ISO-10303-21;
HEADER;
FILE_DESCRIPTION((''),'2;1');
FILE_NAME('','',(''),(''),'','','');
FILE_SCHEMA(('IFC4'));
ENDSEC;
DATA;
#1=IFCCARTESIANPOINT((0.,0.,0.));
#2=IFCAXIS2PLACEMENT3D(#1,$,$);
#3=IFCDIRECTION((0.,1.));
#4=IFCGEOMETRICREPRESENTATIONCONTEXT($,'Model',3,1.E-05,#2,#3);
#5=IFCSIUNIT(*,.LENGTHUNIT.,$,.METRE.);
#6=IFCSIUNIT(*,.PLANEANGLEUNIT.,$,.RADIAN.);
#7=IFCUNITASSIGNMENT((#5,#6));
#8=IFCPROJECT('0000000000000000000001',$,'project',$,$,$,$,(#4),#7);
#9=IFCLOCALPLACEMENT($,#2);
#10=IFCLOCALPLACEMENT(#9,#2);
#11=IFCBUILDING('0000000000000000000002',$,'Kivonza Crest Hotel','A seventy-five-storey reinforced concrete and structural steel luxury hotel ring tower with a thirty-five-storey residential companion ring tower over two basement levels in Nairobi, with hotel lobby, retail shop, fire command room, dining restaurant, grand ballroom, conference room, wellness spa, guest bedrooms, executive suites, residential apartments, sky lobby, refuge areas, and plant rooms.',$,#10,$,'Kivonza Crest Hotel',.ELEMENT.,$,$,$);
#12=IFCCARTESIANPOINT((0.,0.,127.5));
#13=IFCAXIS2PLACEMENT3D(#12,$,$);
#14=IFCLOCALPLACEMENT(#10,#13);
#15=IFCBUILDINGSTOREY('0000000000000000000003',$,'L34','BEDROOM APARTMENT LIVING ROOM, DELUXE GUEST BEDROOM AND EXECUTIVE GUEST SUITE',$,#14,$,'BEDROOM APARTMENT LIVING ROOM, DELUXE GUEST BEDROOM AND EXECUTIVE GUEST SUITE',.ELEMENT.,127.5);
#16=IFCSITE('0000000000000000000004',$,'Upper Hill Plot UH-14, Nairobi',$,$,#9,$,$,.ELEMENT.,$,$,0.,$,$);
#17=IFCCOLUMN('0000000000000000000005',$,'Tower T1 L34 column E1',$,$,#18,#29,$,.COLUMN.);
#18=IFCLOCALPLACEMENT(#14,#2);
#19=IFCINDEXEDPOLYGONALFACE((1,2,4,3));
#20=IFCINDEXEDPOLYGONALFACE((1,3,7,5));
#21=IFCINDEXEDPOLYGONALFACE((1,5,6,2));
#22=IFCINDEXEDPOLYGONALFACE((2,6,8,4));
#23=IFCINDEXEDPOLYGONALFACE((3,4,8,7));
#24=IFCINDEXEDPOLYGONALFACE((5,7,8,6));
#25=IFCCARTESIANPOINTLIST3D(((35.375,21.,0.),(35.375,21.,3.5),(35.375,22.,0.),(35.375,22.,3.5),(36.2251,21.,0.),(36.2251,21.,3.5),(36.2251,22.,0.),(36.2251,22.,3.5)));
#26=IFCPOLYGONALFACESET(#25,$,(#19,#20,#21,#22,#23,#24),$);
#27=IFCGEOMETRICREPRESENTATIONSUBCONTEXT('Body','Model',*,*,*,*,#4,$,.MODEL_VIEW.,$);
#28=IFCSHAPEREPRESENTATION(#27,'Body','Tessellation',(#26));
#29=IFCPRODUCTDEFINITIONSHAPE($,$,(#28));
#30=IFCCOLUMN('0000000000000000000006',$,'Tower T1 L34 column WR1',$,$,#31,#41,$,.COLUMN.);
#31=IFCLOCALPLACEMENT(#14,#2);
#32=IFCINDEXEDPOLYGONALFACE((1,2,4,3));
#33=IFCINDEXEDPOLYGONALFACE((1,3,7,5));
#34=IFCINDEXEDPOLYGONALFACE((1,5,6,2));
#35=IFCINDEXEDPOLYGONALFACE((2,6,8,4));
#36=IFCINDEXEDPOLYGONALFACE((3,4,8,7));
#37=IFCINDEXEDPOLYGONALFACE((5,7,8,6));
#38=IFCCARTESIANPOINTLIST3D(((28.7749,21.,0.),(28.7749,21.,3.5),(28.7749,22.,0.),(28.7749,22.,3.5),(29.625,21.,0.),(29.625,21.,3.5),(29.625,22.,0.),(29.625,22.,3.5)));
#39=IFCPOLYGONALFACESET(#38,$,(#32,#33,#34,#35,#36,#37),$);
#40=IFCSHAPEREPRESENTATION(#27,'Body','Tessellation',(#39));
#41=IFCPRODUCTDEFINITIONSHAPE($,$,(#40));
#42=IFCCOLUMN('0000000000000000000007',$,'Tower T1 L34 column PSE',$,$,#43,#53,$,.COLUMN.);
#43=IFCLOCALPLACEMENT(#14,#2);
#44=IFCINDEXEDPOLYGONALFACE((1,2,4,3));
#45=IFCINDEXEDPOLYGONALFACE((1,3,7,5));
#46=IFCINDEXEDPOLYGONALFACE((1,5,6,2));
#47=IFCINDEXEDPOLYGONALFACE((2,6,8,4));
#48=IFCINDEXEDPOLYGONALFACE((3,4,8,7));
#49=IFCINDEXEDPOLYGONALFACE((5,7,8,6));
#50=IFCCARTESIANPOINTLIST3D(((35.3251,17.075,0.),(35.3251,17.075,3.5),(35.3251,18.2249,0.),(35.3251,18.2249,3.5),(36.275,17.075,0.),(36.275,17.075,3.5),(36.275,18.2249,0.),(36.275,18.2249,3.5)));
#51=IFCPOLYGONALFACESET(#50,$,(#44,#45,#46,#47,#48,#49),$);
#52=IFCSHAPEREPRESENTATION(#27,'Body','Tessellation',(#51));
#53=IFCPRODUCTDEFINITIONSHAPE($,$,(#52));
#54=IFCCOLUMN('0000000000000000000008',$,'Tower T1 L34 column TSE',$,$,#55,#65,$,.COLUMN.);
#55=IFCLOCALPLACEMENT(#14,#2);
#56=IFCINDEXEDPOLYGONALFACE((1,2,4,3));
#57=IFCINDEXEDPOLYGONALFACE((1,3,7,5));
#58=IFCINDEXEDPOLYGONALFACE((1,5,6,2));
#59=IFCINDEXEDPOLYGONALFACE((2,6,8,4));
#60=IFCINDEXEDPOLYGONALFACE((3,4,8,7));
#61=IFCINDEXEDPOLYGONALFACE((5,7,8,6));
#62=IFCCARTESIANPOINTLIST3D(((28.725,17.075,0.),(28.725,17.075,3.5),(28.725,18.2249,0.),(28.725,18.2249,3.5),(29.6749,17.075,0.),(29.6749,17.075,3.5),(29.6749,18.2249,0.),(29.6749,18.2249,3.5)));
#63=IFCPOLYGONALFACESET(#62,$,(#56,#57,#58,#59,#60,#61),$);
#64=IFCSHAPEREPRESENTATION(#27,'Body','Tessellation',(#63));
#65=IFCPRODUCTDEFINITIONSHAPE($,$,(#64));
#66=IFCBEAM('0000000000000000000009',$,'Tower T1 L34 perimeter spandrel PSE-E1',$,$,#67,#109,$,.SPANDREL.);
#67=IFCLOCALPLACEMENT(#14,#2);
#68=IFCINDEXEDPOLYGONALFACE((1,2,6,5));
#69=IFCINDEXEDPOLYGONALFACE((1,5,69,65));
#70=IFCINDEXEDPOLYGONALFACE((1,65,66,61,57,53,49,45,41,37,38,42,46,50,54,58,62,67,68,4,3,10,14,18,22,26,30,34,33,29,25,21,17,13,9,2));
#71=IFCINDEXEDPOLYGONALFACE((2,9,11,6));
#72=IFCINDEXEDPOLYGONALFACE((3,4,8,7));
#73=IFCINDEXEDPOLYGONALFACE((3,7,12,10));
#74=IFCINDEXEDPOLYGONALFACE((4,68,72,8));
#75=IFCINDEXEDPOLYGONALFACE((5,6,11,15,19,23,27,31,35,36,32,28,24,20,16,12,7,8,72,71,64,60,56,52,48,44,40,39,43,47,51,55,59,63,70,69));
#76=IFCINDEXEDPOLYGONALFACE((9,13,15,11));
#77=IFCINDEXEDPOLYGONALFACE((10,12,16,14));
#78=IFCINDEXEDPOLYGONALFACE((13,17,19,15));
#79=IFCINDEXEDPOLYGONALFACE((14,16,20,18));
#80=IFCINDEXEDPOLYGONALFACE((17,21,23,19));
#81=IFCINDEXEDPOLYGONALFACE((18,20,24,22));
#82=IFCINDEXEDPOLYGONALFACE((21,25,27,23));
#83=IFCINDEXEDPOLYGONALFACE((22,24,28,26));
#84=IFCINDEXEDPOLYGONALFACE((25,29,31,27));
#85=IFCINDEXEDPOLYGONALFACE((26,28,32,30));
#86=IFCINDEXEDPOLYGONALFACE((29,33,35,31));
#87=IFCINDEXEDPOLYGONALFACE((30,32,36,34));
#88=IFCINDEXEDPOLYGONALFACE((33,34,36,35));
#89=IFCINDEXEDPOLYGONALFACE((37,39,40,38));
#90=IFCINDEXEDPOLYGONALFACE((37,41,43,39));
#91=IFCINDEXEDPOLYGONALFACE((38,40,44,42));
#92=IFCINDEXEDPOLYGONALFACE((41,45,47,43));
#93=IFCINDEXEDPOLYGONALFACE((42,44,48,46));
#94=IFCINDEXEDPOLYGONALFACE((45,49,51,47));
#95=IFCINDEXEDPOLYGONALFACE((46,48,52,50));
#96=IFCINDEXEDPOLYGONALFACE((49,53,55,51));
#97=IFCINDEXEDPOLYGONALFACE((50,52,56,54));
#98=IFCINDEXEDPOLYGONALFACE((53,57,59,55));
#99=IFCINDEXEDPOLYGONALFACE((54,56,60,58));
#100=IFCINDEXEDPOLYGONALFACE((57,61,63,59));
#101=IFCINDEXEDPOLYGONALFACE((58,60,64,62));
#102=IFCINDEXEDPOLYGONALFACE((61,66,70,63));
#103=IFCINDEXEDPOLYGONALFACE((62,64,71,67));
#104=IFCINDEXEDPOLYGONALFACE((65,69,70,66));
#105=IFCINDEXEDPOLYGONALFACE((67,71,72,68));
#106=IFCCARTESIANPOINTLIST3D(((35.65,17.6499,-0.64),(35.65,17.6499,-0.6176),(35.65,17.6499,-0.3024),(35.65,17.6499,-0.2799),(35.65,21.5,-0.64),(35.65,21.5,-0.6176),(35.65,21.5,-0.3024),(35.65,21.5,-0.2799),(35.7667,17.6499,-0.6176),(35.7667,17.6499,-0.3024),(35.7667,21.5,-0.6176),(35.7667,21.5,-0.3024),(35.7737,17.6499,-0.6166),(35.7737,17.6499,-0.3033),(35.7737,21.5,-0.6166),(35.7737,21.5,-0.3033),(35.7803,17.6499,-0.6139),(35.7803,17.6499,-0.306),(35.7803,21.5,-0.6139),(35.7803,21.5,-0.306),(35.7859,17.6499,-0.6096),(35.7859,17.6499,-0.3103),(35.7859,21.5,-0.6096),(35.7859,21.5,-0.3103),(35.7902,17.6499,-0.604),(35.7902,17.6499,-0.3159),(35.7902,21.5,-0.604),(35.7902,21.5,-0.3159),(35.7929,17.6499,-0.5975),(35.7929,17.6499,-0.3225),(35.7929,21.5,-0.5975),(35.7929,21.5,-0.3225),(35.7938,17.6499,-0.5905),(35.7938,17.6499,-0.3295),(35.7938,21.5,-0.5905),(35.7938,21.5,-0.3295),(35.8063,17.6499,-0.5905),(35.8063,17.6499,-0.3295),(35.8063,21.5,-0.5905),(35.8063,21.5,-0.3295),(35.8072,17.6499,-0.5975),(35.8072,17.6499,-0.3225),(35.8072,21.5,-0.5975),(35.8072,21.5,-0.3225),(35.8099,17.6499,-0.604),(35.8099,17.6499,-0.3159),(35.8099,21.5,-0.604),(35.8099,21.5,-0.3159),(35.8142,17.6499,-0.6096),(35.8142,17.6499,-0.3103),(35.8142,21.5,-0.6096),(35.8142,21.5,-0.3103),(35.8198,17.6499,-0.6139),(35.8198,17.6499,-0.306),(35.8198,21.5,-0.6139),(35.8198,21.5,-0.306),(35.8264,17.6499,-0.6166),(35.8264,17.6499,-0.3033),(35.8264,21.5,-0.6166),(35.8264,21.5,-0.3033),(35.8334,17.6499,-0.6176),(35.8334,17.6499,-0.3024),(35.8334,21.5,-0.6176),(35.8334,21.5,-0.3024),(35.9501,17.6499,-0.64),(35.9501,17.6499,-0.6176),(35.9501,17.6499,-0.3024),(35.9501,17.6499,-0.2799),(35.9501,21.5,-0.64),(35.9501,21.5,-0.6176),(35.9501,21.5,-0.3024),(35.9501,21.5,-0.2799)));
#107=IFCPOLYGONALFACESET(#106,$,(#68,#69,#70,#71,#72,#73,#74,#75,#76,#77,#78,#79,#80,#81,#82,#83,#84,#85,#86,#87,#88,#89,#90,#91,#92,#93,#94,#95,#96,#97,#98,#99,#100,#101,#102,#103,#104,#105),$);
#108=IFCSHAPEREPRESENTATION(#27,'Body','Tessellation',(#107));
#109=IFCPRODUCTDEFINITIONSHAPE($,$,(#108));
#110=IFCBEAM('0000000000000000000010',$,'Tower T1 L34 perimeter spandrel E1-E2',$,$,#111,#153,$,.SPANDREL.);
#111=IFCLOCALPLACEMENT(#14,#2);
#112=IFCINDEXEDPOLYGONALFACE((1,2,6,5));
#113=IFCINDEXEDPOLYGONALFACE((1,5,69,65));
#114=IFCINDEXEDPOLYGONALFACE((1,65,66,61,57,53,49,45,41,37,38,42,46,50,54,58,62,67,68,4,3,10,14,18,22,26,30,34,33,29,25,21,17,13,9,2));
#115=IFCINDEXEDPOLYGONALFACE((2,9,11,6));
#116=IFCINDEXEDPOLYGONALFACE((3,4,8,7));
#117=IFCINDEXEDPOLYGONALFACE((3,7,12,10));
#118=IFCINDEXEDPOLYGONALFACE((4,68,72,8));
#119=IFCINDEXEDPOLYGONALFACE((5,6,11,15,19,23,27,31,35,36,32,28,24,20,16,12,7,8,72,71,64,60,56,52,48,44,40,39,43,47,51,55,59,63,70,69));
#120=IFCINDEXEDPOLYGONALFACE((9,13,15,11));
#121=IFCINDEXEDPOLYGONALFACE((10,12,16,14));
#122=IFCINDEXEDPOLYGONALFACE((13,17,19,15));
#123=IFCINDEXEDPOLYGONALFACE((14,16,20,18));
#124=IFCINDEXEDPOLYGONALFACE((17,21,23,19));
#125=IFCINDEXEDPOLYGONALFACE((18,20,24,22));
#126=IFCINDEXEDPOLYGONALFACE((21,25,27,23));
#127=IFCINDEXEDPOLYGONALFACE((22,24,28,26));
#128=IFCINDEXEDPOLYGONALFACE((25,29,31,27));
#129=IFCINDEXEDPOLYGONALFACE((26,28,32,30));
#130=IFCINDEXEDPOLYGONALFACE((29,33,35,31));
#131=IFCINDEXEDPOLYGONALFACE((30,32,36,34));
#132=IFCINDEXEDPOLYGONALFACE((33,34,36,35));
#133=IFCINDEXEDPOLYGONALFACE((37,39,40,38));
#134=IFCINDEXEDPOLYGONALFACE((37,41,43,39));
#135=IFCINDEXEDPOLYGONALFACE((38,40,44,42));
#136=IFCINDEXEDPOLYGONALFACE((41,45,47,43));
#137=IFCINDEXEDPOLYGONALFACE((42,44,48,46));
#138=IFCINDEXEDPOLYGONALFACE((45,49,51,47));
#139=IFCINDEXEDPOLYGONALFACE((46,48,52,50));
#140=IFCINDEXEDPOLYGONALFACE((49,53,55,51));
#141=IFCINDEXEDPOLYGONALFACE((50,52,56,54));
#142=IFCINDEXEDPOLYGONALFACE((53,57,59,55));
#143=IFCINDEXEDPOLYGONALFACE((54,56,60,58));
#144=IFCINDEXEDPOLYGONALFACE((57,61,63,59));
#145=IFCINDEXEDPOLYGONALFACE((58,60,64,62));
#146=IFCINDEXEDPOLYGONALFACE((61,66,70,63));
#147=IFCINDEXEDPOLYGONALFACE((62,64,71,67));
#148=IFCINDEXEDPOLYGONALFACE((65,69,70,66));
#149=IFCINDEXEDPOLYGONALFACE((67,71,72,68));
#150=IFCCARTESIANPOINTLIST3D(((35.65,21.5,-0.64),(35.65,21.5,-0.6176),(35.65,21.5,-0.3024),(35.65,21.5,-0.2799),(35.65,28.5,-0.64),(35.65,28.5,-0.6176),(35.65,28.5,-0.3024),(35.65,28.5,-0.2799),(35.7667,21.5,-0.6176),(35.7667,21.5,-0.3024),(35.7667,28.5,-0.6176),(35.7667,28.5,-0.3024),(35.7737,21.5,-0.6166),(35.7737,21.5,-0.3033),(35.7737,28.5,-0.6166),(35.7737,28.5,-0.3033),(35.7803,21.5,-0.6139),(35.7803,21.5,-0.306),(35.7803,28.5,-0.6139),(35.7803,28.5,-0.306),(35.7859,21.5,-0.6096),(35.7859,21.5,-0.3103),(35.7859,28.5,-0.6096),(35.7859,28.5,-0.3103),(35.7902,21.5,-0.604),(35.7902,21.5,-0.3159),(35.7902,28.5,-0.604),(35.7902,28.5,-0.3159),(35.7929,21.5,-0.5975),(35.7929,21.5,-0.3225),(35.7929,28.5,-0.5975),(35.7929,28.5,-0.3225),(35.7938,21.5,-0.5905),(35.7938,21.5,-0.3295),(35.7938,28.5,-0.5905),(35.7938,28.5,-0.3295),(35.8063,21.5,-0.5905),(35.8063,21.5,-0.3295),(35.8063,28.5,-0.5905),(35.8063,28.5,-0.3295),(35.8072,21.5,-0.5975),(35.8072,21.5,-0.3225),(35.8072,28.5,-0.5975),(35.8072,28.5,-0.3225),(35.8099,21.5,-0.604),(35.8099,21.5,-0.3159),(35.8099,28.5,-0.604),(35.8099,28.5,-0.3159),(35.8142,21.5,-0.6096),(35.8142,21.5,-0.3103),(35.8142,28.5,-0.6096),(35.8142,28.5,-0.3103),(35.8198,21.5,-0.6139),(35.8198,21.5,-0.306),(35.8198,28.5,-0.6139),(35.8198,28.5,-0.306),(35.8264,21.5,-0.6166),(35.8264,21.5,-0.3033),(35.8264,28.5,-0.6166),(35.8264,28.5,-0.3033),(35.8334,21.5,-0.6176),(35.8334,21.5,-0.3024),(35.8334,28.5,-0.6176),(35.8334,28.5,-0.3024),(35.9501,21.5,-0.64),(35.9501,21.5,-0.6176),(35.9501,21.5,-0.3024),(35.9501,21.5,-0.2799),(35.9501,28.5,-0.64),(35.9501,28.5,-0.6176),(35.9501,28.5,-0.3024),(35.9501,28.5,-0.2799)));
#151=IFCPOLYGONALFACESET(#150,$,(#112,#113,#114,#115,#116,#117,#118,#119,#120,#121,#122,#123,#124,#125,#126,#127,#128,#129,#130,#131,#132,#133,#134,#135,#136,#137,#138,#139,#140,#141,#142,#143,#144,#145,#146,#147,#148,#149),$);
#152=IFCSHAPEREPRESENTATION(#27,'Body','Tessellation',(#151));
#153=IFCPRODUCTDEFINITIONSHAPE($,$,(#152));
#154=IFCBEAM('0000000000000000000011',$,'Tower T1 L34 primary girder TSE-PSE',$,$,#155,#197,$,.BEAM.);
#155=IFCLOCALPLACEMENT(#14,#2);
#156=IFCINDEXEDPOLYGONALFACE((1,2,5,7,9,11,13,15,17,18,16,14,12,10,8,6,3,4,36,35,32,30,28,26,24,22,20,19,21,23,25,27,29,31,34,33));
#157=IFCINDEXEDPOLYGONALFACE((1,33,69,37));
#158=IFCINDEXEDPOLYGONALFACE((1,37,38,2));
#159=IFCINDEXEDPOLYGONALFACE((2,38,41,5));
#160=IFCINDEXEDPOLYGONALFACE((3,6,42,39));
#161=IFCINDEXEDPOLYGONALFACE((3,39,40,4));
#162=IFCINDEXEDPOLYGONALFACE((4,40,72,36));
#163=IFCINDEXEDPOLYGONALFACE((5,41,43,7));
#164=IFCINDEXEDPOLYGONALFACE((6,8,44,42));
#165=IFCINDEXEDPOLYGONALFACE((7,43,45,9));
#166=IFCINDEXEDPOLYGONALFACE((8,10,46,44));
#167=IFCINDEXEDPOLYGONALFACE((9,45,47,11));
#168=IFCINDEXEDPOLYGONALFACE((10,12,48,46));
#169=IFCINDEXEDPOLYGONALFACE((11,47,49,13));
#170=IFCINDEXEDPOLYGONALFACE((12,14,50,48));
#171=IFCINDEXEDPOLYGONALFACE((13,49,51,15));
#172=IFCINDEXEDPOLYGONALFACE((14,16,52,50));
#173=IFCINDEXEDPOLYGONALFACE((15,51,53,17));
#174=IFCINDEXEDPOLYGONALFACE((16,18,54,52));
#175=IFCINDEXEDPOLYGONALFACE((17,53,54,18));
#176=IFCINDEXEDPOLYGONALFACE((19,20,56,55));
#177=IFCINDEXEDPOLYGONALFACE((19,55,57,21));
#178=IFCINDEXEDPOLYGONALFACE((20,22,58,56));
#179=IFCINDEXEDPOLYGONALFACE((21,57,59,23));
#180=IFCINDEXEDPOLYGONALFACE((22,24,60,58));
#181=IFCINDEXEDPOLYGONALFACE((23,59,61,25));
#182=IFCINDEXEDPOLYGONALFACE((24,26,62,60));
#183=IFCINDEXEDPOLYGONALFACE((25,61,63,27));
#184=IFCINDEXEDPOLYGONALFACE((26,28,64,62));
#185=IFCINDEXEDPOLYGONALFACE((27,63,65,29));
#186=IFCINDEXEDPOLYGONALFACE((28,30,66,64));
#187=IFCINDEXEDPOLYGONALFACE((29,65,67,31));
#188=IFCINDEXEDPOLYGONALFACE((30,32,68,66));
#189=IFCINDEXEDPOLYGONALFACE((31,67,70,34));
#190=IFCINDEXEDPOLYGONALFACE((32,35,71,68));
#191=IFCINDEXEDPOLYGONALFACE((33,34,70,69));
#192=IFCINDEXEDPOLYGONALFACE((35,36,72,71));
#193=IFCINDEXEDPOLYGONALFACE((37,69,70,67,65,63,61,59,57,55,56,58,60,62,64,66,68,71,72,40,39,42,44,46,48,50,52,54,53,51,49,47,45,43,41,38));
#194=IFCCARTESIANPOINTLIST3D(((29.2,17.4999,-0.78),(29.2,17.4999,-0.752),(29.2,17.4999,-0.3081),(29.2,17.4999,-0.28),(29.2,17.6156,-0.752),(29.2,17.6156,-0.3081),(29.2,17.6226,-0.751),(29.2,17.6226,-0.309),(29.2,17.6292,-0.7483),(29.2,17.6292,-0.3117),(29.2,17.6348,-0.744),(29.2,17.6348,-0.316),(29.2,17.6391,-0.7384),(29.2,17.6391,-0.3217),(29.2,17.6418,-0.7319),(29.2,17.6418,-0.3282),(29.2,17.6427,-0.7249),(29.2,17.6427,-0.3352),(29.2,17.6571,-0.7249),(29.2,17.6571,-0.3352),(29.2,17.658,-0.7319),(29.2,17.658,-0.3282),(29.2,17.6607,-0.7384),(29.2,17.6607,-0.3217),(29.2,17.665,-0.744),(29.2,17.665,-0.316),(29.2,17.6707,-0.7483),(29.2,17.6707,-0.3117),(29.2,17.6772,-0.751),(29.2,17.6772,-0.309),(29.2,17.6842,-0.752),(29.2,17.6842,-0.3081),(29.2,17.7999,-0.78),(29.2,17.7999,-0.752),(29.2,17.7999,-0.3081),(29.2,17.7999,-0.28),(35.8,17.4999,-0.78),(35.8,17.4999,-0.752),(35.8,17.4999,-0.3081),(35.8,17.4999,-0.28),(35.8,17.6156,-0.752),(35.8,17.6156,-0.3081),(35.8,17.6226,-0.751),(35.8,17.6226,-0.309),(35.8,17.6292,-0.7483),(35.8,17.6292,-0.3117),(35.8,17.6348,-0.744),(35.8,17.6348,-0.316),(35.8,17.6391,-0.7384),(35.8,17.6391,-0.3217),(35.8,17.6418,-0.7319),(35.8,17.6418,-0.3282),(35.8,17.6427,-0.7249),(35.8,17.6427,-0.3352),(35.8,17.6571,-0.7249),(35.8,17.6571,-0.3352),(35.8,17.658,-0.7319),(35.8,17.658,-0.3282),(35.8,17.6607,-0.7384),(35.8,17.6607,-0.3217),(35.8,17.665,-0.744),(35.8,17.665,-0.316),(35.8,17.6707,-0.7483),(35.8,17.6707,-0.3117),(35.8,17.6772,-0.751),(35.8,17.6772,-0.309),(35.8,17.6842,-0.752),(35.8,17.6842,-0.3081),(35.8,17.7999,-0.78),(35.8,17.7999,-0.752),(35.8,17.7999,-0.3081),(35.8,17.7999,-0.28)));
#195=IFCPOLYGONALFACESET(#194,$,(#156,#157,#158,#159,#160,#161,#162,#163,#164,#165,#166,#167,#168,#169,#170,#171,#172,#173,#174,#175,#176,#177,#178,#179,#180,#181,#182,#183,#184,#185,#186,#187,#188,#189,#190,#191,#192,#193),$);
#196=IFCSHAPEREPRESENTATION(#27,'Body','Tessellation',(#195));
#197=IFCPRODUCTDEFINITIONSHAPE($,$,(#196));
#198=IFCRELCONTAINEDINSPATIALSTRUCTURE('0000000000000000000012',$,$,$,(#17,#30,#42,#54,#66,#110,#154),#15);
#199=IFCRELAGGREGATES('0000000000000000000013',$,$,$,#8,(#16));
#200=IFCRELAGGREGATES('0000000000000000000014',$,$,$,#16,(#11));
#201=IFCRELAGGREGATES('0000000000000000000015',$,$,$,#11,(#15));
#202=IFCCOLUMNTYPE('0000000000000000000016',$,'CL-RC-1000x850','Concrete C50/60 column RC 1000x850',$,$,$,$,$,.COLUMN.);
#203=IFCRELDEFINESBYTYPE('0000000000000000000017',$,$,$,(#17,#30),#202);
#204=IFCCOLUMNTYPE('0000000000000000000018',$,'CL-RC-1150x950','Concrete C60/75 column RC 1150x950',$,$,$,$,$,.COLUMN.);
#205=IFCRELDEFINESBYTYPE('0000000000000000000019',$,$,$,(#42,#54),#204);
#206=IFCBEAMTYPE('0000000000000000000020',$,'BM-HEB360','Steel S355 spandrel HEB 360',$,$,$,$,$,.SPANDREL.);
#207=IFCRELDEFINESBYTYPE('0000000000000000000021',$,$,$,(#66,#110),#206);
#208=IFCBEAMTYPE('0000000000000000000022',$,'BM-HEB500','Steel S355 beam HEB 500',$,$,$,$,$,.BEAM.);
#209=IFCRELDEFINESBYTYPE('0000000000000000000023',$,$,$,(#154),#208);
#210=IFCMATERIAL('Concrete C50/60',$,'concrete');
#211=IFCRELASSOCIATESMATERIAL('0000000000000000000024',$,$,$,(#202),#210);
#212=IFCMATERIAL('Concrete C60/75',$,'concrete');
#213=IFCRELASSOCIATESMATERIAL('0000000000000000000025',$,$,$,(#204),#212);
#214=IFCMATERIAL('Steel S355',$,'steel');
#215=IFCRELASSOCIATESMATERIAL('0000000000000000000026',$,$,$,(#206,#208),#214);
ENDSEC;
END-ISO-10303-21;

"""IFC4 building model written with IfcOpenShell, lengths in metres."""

from ifc_helpers import new_model, si_unit, direction, frame, origin, origin_2d, place, context, subcontext, project, spatial, rectangle, i_section, extrude, material, material_profile, profile_set, type_object, element, save


model = new_model("IFC4")

# Units and contexts
model_context = context("Model", 3, precision=1e-05, world=origin(), true_north=direction((0.0, 1.0)))
body_context = subcontext(model_context, "Body", "Model", "MODEL_VIEW")
ifc_project = project(units=[si_unit("LENGTHUNIT", "METRE"), si_unit("PLANEANGLEUNIT", "RADIAN")], contexts=[model_context])

# Site, building, storey
site_placement = place(None, origin())
site = spatial("IfcSite", under=ifc_project, at=site_placement, Name="Upper Hill Plot UH-14, Nairobi", CompositionType="ELEMENT", RefElevation=0.0)
building_placement = place(site_placement, origin())
building = spatial("IfcBuilding", under=site, at=building_placement, Name="Kivonza Crest Hotel", Description="A seventy-five-storey reinforced concrete and structural steel luxury hotel ring tower with a thirty-five-storey residential companion ring tower over two basement levels in Nairobi, with hotel lobby, retail shop, fire command room, dining restaurant, grand ballroom, conference room, wellness spa, guest bedrooms, executive suites, residential apartments, sky lobby, refuge areas, and plant rooms.", LongName="Kivonza Crest Hotel", CompositionType="ELEMENT")
storey_placement = place(building_placement, frame((0.0, 0.0, 127.5)))
storey = spatial("IfcBuildingStorey", under=building, at=storey_placement, Name="L34", Description="BEDROOM APARTMENT LIVING ROOM, DELUXE GUEST BEDROOM AND EXECUTIVE GUEST SUITE", LongName="BEDROOM APARTMENT LIVING ROOM, DELUXE GUEST BEDROOM AND EXECUTIVE GUEST SUITE", CompositionType="ELEMENT", Elevation=127.5)

# Columns
ifc_material_1 = material(Name="Concrete C50/60", Category="concrete")
ifc_material_profile_1 = material_profile(ifc_material_1, rectangle(XDim=0.8501, YDim=1.0, at=origin_2d()), Name="RC 1000x850")
ifc_profile_set_1 = profile_set([ifc_material_profile_1], Name="Concrete C50/60")
column_type_1 = type_object("IfcColumnType", Name="CL-RC-1000x850", Description="Concrete C50/60 column RC 1000x850", PredefinedType="COLUMN", material=ifc_profile_set_1)
for number, where, z_axis, x_axis, name in (
    (1, (35.8, 21.5, 0.0), (0.0, 0.0, 1.0), (1.0, 0.0, 0.0), "Tower T1 L34 column E1"),
    (2, (29.2, 21.5, 0.0), (0.0, 0.0, 1.0), (1.0, 0.0, 0.0), "Tower T1 L34 column WR1"),
):
    element("IfcColumn", number, at=place(storey_placement, frame(where, z_axis=z_axis, x_axis=x_axis)), inside=storey, type_object=column_type_1, Name=name, PredefinedType="COLUMN", context=body_context, shape_type="SweptSolid", body=[
        extrude(rectangle(XDim=0.8501, YDim=1.0, at=origin_2d()), origin(), (0.0, 0.0, 1.0), 3.5),
    ])
ifc_material_2 = material(Name="Concrete C60/75", Category="concrete")
ifc_material_profile_2 = material_profile(ifc_material_2, rectangle(XDim=0.95, YDim=1.1499, at=origin_2d()), Name="RC 1150x950")
ifc_profile_set_2 = profile_set([ifc_material_profile_2], Name="Concrete C60/75")
column_type_2 = type_object("IfcColumnType", Name="CL-RC-1150x950", Description="Concrete C60/75 column RC 1150x950", PredefinedType="COLUMN", material=ifc_profile_set_2)
for number, where, z_axis, x_axis, name in (
    (3, (35.8, 17.6499, 0.0), (0.0, 0.0, 1.0), (1.0, 0.0, 0.0), "Tower T1 L34 column PSE"),
    (4, (29.2, 17.6499, 0.0), (0.0, 0.0, 1.0), (1.0, 0.0, 0.0), "Tower T1 L34 column TSE"),
):
    element("IfcColumn", number, at=place(storey_placement, frame(where, z_axis=z_axis, x_axis=x_axis)), inside=storey, type_object=column_type_2, Name=name, PredefinedType="COLUMN", context=body_context, shape_type="SweptSolid", body=[
        extrude(rectangle(XDim=0.95, YDim=1.1499, at=origin_2d()), origin(), (0.0, 0.0, 1.0), 3.5),
    ])

# Beams
ifc_material_3 = material(Name="Steel S355", Category="steel")
ifc_material_profile_3 = material_profile(ifc_material_3, i_section(OverallWidth=0.3, OverallDepth=0.3601, WebThickness=0.0125, FlangeThickness=0.0225, FilletRadius=0.0271, at=origin_2d()), Name="HEB 360")
ifc_profile_set_3 = profile_set([ifc_material_profile_3], Name="Steel S355")
beam_type_1 = type_object("IfcBeamType", Name="BM-HEB360", Description="Steel S355 spandrel HEB 360", PredefinedType="SPANDREL", material=ifc_profile_set_3)
beam_1_placement = place(storey_placement, frame((35.8, 17.6499, -0.46), z_axis=(0.0, 1.0, 0.0), x_axis=(-1.0, 0.0, 0.0)))
element("IfcBeam", 5, at=beam_1_placement, inside=storey, type_object=beam_type_1, Name="Tower T1 L34 perimeter spandrel PSE-E1", PredefinedType="SPANDREL", context=body_context, shape_type="SweptSolid", body=[
    extrude(i_section(OverallWidth=0.3, OverallDepth=0.3601, WebThickness=0.0125, FlangeThickness=0.0225, FilletRadius=0.0271, at=origin_2d()), origin(), (0.0, 0.0, 1.0), 3.8501),
])
beam_2_placement = place(storey_placement, frame((35.8, 21.5, -0.46), z_axis=(0.0, 1.0, 0.0), x_axis=(-1.0, 0.0, 0.0)))
element("IfcBeam", 6, at=beam_2_placement, inside=storey, type_object=beam_type_1, Name="Tower T1 L34 perimeter spandrel E1-E2", PredefinedType="SPANDREL", context=body_context, shape_type="SweptSolid", body=[
    extrude(i_section(OverallWidth=0.3, OverallDepth=0.3601, WebThickness=0.0125, FlangeThickness=0.0225, FilletRadius=0.0271, at=origin_2d()), origin(), (0.0, 0.0, 1.0), 7.0),
])
ifc_material_profile_4 = material_profile(ifc_material_3, i_section(OverallWidth=0.3, OverallDepth=0.5, WebThickness=0.0144, FlangeThickness=0.0281, FilletRadius=0.0271, at=origin_2d()), Name="HEB 500")
ifc_profile_set_4 = profile_set([ifc_material_profile_4], Name="Steel S355")
beam_type_2 = type_object("IfcBeamType", Name="BM-HEB500", Description="Steel S355 beam HEB 500", PredefinedType="BEAM", material=ifc_profile_set_4)
beam_3_placement = place(storey_placement, frame((29.2, 17.6499, -0.53), z_axis=(1.0, 0.0, 0.0), x_axis=(0.0, 1.0, 0.0)))
element("IfcBeam", 7, at=beam_3_placement, inside=storey, type_object=beam_type_2, Name="Tower T1 L34 primary girder TSE-PSE", PredefinedType="BEAM", context=body_context, shape_type="SweptSolid", body=[
    extrude(i_section(OverallWidth=0.3, OverallDepth=0.5, WebThickness=0.0144, FlangeThickness=0.0281, FilletRadius=0.0271, at=origin_2d()), origin(), (0.0, 0.0, 1.0), 6.6001),
])

save(model, "model.ifc")
